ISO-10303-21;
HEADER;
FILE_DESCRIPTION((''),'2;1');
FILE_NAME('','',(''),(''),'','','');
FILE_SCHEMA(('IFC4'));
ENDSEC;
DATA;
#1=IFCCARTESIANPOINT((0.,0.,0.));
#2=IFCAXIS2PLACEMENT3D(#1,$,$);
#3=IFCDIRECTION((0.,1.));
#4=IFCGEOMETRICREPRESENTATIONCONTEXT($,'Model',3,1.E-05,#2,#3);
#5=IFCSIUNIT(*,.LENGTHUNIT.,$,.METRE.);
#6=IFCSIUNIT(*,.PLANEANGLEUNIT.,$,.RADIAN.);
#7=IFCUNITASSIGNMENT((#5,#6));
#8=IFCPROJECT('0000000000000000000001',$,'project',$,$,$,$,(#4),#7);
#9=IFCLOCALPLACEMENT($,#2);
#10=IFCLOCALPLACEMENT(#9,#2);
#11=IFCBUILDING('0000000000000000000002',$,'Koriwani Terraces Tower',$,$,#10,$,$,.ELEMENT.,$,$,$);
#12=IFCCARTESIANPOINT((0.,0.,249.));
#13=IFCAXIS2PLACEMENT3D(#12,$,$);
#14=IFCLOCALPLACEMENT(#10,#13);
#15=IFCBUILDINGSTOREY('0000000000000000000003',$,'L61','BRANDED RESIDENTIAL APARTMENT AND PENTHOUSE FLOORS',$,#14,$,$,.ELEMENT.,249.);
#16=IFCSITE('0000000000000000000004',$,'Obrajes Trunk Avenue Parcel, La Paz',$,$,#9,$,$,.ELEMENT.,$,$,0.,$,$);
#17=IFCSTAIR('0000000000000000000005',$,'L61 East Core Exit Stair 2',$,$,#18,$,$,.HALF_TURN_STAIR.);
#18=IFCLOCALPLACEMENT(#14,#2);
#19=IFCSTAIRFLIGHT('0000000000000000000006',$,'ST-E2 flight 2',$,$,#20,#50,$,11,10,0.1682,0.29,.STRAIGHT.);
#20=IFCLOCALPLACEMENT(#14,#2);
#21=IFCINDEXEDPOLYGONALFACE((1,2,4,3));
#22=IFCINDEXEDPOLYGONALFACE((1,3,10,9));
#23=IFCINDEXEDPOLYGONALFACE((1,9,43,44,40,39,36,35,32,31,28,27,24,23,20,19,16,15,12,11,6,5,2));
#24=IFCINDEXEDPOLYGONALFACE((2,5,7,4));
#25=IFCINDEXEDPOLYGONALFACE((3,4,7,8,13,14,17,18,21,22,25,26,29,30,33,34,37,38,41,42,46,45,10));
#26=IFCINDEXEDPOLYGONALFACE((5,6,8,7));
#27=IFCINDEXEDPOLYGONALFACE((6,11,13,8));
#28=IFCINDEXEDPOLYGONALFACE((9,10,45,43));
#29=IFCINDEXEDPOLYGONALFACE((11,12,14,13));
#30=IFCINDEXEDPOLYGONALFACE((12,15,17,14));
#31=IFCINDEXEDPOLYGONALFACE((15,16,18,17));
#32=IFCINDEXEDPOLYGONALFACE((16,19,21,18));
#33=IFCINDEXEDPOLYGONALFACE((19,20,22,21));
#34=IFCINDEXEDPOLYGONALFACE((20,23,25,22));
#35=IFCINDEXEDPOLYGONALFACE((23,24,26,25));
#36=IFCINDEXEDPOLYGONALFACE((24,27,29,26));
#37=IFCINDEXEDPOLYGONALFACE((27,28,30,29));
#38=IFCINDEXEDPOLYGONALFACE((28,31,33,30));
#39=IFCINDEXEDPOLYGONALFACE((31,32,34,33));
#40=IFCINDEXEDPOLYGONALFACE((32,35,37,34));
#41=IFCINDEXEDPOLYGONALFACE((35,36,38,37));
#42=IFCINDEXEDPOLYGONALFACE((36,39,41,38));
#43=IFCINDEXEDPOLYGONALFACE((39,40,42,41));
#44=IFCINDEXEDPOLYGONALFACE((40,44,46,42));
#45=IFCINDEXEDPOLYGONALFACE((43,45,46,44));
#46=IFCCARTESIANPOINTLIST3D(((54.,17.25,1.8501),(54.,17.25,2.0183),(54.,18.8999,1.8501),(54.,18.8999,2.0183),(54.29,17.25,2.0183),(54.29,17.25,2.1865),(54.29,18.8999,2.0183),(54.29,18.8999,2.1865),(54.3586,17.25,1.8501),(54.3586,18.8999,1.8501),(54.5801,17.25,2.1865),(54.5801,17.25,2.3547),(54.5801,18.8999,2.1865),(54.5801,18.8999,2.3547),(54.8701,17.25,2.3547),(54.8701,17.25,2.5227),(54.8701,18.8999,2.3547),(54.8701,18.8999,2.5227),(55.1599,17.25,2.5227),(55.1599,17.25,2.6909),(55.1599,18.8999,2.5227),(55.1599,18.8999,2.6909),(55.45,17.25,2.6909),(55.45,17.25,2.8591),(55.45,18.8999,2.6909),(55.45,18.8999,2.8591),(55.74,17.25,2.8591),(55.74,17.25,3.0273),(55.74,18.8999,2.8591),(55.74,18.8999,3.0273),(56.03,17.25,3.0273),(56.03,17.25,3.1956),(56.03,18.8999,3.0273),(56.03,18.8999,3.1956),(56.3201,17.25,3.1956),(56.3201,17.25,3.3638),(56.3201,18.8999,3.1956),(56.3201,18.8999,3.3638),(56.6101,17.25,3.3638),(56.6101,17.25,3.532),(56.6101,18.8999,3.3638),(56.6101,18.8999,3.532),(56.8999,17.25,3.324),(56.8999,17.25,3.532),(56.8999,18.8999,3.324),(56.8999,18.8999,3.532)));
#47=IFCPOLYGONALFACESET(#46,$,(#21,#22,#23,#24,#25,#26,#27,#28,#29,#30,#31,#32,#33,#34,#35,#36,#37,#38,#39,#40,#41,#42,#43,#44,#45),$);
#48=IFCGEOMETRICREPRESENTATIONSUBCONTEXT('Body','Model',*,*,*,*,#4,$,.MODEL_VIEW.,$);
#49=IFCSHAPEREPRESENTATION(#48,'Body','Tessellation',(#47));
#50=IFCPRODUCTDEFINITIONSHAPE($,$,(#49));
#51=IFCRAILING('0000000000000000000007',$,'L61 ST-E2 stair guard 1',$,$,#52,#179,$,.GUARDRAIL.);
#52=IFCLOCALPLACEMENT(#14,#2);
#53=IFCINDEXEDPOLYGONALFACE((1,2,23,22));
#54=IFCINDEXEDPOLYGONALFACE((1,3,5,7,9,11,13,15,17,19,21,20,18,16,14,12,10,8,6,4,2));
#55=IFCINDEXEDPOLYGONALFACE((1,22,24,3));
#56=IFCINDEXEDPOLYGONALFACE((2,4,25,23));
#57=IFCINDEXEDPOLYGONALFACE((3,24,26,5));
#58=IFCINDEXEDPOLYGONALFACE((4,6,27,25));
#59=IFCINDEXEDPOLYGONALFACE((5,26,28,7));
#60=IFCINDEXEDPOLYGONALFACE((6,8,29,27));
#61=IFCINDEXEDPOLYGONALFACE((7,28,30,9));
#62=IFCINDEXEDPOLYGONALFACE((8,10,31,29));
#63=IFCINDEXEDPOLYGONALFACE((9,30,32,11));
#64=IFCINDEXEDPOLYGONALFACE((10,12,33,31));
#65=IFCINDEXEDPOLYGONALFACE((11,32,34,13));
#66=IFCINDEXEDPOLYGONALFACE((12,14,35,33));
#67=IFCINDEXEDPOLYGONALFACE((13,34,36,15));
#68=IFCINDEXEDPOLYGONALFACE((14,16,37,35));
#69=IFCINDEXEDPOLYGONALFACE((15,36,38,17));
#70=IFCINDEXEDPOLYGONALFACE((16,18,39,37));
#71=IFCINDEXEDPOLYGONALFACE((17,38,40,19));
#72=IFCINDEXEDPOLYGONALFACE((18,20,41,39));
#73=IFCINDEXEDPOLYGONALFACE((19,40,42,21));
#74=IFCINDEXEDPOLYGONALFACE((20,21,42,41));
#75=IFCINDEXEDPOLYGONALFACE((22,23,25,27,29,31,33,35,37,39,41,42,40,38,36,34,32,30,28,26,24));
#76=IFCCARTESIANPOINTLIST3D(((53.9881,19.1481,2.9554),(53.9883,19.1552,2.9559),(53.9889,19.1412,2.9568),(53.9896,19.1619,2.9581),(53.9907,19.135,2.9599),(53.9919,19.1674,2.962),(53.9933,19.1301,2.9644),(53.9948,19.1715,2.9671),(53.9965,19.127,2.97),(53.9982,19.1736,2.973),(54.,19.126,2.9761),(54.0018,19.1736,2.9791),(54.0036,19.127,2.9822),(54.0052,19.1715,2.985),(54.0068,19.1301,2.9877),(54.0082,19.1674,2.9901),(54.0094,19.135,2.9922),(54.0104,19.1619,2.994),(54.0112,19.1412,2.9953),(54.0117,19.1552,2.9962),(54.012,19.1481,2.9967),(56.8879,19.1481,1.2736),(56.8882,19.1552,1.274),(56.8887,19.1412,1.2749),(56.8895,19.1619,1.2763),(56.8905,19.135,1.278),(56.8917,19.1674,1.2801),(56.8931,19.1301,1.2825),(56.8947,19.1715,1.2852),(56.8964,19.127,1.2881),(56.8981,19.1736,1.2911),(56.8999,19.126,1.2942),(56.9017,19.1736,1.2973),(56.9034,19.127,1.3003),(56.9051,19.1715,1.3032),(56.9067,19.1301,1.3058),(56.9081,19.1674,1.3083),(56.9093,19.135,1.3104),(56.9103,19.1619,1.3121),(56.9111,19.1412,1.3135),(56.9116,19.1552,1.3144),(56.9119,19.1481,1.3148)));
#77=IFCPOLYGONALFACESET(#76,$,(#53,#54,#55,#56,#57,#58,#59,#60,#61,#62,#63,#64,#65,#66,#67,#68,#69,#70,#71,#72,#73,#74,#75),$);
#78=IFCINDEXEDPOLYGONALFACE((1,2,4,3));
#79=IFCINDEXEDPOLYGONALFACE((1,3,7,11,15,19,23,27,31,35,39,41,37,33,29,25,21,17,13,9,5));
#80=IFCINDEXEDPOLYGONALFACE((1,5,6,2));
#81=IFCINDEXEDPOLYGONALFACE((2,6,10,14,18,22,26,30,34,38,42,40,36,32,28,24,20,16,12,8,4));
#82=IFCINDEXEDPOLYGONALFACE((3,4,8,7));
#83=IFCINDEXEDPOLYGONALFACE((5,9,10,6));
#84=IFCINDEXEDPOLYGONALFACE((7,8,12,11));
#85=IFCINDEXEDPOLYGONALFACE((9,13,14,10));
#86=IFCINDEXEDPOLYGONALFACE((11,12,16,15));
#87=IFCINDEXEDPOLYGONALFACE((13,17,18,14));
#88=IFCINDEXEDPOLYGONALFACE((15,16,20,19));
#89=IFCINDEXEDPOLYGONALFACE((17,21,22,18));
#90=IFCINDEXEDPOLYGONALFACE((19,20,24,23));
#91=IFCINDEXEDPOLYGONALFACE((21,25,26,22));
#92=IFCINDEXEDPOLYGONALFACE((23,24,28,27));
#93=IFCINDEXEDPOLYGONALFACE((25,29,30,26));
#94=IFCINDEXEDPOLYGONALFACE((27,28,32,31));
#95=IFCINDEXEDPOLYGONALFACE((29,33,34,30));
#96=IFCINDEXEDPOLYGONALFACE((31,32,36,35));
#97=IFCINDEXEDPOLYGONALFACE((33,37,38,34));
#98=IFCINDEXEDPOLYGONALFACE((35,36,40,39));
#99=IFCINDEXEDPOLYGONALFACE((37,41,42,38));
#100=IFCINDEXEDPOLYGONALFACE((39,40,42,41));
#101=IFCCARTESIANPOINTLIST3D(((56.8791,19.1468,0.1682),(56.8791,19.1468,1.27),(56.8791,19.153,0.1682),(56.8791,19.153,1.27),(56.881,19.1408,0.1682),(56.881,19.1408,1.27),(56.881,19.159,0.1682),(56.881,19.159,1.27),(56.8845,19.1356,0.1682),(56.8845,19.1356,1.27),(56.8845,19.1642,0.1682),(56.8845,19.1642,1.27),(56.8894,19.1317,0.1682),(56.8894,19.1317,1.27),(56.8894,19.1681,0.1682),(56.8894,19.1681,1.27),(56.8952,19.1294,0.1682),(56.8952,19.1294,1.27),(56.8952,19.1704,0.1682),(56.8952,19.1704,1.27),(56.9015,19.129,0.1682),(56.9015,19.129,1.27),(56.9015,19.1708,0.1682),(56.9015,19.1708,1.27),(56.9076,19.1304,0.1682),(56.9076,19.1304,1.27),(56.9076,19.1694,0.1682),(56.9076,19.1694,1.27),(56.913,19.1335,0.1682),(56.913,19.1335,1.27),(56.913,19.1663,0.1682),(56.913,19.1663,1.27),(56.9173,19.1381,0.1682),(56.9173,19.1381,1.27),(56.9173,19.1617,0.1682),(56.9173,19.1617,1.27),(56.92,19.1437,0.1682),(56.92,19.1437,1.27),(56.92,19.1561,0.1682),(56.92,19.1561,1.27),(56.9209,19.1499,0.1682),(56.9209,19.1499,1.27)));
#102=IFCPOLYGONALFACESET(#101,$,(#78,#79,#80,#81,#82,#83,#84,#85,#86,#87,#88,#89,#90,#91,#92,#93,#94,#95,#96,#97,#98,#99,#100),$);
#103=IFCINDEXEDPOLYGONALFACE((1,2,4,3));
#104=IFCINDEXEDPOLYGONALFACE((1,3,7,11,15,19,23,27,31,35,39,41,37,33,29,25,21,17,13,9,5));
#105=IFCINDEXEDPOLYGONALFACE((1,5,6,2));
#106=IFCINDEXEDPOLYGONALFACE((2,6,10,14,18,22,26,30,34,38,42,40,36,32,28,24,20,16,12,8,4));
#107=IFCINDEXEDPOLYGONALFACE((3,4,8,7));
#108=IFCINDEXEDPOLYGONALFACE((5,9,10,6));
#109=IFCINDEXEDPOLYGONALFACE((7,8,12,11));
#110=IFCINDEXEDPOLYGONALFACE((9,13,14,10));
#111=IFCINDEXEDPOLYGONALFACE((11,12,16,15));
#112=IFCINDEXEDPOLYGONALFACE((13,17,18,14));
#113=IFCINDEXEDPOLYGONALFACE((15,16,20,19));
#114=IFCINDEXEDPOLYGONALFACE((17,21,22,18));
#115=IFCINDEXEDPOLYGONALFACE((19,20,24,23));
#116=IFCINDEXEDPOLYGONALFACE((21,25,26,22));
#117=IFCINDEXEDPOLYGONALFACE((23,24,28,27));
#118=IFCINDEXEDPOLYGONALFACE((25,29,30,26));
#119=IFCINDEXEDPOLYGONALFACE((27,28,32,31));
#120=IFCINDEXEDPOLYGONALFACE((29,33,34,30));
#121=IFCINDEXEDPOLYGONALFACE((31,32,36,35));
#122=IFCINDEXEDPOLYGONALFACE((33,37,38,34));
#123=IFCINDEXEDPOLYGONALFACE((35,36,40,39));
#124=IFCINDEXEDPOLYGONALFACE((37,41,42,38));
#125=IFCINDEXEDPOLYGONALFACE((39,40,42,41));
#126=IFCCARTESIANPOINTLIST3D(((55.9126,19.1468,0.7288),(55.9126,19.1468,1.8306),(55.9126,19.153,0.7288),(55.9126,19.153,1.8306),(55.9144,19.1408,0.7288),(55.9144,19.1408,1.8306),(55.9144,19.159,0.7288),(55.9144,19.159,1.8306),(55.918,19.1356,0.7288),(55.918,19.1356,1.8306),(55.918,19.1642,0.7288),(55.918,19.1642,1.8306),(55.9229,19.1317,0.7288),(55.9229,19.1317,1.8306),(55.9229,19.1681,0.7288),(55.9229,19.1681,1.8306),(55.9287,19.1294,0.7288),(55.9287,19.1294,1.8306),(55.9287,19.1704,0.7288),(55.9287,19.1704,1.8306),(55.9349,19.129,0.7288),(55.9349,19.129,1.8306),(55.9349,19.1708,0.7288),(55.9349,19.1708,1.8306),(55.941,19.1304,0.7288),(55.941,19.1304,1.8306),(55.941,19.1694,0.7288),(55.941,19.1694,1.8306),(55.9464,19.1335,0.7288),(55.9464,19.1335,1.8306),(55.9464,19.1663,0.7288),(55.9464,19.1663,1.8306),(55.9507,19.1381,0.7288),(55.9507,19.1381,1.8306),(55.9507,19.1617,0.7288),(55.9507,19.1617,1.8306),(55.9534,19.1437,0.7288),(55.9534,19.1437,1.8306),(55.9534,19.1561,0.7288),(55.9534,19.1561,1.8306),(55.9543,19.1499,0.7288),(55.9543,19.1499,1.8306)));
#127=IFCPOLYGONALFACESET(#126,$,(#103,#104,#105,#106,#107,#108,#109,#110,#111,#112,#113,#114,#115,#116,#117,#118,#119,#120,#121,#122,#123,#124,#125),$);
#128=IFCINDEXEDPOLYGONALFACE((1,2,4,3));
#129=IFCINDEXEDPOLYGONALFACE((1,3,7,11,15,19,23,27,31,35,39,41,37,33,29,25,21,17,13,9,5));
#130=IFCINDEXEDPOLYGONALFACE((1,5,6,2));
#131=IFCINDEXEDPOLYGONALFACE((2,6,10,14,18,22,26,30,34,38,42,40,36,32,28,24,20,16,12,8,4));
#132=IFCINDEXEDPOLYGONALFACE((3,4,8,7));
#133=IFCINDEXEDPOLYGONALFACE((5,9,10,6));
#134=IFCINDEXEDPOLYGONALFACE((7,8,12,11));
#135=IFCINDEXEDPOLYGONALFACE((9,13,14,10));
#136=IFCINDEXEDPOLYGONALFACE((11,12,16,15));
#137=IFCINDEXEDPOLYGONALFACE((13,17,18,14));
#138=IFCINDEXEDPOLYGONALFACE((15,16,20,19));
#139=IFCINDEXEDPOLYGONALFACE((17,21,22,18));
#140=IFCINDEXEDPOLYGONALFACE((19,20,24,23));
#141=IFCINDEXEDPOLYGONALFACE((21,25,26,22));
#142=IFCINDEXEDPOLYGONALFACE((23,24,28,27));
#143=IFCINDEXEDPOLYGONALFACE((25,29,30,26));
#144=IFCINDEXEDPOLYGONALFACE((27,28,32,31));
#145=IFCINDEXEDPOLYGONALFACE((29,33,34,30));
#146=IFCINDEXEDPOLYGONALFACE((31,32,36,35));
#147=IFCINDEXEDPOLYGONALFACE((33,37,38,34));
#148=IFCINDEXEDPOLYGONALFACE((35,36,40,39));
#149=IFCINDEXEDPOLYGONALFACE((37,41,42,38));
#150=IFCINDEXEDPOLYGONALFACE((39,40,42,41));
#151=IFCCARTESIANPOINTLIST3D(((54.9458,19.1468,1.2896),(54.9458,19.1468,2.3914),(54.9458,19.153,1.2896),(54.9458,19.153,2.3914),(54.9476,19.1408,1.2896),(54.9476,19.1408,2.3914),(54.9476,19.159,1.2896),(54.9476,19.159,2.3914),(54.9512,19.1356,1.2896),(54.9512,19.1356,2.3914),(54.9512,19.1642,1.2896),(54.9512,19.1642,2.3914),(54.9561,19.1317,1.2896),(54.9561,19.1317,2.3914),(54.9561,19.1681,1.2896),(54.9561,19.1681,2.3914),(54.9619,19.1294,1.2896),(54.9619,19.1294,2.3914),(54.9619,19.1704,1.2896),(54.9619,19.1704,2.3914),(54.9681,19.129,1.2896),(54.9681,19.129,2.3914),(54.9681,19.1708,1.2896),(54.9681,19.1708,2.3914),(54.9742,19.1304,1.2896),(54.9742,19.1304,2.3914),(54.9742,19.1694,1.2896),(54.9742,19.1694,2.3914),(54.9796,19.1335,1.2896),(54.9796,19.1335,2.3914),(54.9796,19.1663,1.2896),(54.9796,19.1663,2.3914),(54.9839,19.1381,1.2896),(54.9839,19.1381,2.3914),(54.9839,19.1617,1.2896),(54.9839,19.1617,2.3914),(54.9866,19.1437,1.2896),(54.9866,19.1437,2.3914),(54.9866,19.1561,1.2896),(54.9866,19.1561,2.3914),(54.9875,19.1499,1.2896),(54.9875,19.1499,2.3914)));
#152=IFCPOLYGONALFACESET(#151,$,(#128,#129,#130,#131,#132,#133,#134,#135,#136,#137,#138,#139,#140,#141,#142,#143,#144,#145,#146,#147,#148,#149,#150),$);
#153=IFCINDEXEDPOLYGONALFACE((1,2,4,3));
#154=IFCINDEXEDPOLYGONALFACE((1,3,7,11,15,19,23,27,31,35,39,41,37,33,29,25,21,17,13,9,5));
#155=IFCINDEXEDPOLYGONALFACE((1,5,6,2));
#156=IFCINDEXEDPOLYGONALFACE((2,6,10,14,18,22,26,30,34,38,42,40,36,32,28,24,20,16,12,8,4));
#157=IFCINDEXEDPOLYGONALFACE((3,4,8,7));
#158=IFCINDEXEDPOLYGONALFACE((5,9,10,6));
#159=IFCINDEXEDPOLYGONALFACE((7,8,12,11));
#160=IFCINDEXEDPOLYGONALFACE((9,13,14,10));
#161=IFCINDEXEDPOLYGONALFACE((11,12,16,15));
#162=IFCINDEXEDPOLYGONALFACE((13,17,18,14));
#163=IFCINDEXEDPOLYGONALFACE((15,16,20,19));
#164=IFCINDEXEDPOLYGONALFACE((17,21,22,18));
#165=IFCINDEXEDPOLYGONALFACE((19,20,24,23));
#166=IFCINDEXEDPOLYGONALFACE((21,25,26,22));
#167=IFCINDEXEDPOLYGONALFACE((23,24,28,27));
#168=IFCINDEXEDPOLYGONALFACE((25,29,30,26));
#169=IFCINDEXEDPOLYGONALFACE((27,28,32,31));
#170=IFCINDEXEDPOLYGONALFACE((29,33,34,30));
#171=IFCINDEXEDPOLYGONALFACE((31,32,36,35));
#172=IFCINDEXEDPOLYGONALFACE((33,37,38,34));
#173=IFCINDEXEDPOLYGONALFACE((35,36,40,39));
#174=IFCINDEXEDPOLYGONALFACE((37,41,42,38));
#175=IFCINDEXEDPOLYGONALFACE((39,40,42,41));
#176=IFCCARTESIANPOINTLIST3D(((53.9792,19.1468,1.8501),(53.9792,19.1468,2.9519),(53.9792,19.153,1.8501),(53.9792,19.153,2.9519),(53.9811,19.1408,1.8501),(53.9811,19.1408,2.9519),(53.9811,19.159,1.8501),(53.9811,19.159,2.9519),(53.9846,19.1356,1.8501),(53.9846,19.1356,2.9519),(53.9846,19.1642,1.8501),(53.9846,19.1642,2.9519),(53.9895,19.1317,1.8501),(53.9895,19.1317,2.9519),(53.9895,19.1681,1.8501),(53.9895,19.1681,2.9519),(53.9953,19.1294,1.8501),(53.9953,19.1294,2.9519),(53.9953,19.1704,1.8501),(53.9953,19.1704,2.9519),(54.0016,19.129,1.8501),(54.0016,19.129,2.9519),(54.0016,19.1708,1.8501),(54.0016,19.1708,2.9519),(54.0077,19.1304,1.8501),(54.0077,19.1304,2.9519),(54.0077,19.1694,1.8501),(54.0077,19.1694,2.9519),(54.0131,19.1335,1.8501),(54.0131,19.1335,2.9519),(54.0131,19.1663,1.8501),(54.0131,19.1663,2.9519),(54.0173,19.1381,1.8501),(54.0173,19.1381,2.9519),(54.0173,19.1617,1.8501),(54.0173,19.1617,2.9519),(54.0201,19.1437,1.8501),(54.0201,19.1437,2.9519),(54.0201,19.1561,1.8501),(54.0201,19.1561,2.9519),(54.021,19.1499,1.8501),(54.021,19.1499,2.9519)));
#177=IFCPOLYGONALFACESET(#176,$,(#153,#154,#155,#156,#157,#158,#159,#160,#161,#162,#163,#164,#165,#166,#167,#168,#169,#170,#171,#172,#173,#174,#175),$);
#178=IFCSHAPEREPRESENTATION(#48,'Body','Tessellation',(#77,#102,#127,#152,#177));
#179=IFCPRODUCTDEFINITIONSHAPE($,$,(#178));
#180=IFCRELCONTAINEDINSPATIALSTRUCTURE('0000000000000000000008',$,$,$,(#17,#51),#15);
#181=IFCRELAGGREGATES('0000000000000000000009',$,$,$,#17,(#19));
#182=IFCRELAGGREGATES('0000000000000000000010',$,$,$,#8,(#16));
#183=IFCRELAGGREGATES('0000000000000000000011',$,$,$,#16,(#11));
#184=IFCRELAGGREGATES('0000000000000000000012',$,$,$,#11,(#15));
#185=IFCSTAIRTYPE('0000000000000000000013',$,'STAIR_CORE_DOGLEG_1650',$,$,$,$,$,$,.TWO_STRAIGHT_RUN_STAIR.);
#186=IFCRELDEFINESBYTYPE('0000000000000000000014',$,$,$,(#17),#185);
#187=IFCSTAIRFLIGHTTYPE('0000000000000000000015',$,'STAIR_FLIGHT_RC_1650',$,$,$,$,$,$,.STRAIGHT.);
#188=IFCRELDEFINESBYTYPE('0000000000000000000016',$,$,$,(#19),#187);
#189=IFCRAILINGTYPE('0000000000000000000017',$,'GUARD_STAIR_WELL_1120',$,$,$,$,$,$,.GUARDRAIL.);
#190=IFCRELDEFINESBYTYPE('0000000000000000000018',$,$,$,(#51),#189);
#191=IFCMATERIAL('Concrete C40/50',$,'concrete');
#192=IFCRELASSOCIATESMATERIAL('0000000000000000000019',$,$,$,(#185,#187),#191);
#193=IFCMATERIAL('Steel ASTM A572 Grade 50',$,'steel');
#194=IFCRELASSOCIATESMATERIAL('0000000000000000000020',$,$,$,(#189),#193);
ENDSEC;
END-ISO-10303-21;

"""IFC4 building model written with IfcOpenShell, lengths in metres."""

from ifc_helpers import new_model, si_unit, direction, frame, origin, origin_2d, place, context, subcontext, project, spatial, polyline, circle, outline, extrude, material, type_object, element, aggregate, save


model = new_model("IFC4")

# Units and contexts
model_context = context("Model", 3, precision=1e-05, world=origin(), true_north=direction((0.0, 1.0)))
body_context = subcontext(model_context, "Body", "Model", "MODEL_VIEW")
ifc_project = project(units=[si_unit("LENGTHUNIT", "METRE"), si_unit("PLANEANGLEUNIT", "RADIAN")], contexts=[model_context])

# Site, building, storey
site_placement = place(None, origin())
site = spatial("IfcSite", under=ifc_project, at=site_placement, Name="Obrajes Trunk Avenue Parcel, La Paz", CompositionType="ELEMENT", RefElevation=0.0)
building_placement = place(site_placement, origin())
building = spatial("IfcBuilding", under=site, at=building_placement, Name="Koriwani Terraces Tower", CompositionType="ELEMENT")
storey_placement = place(building_placement, frame((0.0, 0.0, 249.0)))
storey = spatial("IfcBuildingStorey", under=building, at=storey_placement, Name="L61", Description="BRANDED RESIDENTIAL APARTMENT AND PENTHOUSE FLOORS", CompositionType="ELEMENT", Elevation=249.0)

# Shared definitions
ifc_material_1 = material(Name="Concrete C40/50", Category="concrete")
ifc_material_2 = material(Name="Steel ASTM A572 Grade 50", Category="steel")

# Stair, stair flight
stair_type = type_object("IfcStairType", Name="STAIR_CORE_DOGLEG_1650", PredefinedType="TWO_STRAIGHT_RUN_STAIR", material=ifc_material_1)
stair_placement = place(storey_placement, origin())
stair = element("IfcStair", 1, at=stair_placement, inside=storey, type_object=stair_type, Name="L61 East Core Exit Stair 2", PredefinedType="HALF_TURN_STAIR")
stair_flight_type = type_object("IfcStairFlightType", Name="STAIR_FLIGHT_RC_1650", PredefinedType="STRAIGHT", material=ifc_material_1)
stair_flight_1_placement = place(storey_placement, frame((54.0, 18.075, 1.8501), z_axis=(0.0, 0.0, 1.0), x_axis=(1.0, 0.0, 0.0)))
stair_flight_1 = element("IfcStairFlight", 2, at=stair_flight_1_placement, type_object=stair_flight_type, Name="ST-E2 flight 2", NumberOfRisers=11, NumberOfTreads=10, PredefinedType="STRAIGHT", RiserHeight=0.1682, TreadLength=0.29, context=body_context, shape_type="SweptSolid", body=[
    extrude(outline(polyline([(0.0, 0.0), (0.0, 0.1682), (0.29, 0.1682), (0.29, 0.3364), (0.5801, 0.3364), (0.5801, 0.5046), (0.8701, 0.5046), (0.8701, 0.6726), (1.1599, 0.6726), (1.1599, 0.8408), (1.45, 0.8408), (1.45, 1.009), (1.74, 1.009), (1.74, 1.1772), (2.03, 1.1772), (2.03, 1.3455), (2.3201, 1.3455), (2.3201, 1.5137), (2.6101, 1.5137), (2.6101, 1.6819), (2.8999, 1.6819), (2.8999, 1.8501), (2.8999, 1.4739), (0.3586, 0.0), (0.0, 0.0)])), frame((0.0, 0.825, 0.0), z_axis=(0.0, -1.0, 0.0), x_axis=(1.0, 0.0, 0.0)), (0.0, 0.0, 1.0), 1.6499),
])
aggregate(stair, [stair_flight_1])

# Railing
railing_type_1 = type_object("IfcRailingType", Name="GUARD_STAIR_WELL_1120", PredefinedType="GUARDRAIL", material=ifc_material_2)
railing_1_placement = place(storey_placement, frame((56.8999, 19.1499, 0.1682)))
element("IfcRailing", 3, at=railing_1_placement, inside=storey, type_object=railing_type_1, Name="L61 ST-E2 stair guard 1", PredefinedType="GUARDRAIL", context=body_context, shape_type="SweptSolid", body=[
    extrude(circle(Radius=0.0239, at=origin_2d()), frame((0.0, 0.0, 1.126), z_axis=(-0.865039, 0.0, 0.501705), x_axis=(0.0, -1.0, 0.0)), (0.0, 0.0, 1.0), 3.3523),
    extrude(circle(Radius=0.021, at=origin_2d()), origin(), (0.0, 0.0, 1.0), 1.1018),
    extrude(circle(Radius=0.021, at=origin_2d()), frame((-0.9666, 0.0, 0.5605)), (0.0, 0.0, 1.0), 1.1018),
    extrude(circle(Radius=0.021, at=origin_2d()), frame((-1.9333, 0.0, 1.1213)), (0.0, 0.0, 1.0), 1.1018),
    extrude(circle(Radius=0.021, at=origin_2d()), frame((-2.8999, 0.0, 1.6819)), (0.0, 0.0, 1.0), 1.1018),
])

save(model, "model.ifc")
